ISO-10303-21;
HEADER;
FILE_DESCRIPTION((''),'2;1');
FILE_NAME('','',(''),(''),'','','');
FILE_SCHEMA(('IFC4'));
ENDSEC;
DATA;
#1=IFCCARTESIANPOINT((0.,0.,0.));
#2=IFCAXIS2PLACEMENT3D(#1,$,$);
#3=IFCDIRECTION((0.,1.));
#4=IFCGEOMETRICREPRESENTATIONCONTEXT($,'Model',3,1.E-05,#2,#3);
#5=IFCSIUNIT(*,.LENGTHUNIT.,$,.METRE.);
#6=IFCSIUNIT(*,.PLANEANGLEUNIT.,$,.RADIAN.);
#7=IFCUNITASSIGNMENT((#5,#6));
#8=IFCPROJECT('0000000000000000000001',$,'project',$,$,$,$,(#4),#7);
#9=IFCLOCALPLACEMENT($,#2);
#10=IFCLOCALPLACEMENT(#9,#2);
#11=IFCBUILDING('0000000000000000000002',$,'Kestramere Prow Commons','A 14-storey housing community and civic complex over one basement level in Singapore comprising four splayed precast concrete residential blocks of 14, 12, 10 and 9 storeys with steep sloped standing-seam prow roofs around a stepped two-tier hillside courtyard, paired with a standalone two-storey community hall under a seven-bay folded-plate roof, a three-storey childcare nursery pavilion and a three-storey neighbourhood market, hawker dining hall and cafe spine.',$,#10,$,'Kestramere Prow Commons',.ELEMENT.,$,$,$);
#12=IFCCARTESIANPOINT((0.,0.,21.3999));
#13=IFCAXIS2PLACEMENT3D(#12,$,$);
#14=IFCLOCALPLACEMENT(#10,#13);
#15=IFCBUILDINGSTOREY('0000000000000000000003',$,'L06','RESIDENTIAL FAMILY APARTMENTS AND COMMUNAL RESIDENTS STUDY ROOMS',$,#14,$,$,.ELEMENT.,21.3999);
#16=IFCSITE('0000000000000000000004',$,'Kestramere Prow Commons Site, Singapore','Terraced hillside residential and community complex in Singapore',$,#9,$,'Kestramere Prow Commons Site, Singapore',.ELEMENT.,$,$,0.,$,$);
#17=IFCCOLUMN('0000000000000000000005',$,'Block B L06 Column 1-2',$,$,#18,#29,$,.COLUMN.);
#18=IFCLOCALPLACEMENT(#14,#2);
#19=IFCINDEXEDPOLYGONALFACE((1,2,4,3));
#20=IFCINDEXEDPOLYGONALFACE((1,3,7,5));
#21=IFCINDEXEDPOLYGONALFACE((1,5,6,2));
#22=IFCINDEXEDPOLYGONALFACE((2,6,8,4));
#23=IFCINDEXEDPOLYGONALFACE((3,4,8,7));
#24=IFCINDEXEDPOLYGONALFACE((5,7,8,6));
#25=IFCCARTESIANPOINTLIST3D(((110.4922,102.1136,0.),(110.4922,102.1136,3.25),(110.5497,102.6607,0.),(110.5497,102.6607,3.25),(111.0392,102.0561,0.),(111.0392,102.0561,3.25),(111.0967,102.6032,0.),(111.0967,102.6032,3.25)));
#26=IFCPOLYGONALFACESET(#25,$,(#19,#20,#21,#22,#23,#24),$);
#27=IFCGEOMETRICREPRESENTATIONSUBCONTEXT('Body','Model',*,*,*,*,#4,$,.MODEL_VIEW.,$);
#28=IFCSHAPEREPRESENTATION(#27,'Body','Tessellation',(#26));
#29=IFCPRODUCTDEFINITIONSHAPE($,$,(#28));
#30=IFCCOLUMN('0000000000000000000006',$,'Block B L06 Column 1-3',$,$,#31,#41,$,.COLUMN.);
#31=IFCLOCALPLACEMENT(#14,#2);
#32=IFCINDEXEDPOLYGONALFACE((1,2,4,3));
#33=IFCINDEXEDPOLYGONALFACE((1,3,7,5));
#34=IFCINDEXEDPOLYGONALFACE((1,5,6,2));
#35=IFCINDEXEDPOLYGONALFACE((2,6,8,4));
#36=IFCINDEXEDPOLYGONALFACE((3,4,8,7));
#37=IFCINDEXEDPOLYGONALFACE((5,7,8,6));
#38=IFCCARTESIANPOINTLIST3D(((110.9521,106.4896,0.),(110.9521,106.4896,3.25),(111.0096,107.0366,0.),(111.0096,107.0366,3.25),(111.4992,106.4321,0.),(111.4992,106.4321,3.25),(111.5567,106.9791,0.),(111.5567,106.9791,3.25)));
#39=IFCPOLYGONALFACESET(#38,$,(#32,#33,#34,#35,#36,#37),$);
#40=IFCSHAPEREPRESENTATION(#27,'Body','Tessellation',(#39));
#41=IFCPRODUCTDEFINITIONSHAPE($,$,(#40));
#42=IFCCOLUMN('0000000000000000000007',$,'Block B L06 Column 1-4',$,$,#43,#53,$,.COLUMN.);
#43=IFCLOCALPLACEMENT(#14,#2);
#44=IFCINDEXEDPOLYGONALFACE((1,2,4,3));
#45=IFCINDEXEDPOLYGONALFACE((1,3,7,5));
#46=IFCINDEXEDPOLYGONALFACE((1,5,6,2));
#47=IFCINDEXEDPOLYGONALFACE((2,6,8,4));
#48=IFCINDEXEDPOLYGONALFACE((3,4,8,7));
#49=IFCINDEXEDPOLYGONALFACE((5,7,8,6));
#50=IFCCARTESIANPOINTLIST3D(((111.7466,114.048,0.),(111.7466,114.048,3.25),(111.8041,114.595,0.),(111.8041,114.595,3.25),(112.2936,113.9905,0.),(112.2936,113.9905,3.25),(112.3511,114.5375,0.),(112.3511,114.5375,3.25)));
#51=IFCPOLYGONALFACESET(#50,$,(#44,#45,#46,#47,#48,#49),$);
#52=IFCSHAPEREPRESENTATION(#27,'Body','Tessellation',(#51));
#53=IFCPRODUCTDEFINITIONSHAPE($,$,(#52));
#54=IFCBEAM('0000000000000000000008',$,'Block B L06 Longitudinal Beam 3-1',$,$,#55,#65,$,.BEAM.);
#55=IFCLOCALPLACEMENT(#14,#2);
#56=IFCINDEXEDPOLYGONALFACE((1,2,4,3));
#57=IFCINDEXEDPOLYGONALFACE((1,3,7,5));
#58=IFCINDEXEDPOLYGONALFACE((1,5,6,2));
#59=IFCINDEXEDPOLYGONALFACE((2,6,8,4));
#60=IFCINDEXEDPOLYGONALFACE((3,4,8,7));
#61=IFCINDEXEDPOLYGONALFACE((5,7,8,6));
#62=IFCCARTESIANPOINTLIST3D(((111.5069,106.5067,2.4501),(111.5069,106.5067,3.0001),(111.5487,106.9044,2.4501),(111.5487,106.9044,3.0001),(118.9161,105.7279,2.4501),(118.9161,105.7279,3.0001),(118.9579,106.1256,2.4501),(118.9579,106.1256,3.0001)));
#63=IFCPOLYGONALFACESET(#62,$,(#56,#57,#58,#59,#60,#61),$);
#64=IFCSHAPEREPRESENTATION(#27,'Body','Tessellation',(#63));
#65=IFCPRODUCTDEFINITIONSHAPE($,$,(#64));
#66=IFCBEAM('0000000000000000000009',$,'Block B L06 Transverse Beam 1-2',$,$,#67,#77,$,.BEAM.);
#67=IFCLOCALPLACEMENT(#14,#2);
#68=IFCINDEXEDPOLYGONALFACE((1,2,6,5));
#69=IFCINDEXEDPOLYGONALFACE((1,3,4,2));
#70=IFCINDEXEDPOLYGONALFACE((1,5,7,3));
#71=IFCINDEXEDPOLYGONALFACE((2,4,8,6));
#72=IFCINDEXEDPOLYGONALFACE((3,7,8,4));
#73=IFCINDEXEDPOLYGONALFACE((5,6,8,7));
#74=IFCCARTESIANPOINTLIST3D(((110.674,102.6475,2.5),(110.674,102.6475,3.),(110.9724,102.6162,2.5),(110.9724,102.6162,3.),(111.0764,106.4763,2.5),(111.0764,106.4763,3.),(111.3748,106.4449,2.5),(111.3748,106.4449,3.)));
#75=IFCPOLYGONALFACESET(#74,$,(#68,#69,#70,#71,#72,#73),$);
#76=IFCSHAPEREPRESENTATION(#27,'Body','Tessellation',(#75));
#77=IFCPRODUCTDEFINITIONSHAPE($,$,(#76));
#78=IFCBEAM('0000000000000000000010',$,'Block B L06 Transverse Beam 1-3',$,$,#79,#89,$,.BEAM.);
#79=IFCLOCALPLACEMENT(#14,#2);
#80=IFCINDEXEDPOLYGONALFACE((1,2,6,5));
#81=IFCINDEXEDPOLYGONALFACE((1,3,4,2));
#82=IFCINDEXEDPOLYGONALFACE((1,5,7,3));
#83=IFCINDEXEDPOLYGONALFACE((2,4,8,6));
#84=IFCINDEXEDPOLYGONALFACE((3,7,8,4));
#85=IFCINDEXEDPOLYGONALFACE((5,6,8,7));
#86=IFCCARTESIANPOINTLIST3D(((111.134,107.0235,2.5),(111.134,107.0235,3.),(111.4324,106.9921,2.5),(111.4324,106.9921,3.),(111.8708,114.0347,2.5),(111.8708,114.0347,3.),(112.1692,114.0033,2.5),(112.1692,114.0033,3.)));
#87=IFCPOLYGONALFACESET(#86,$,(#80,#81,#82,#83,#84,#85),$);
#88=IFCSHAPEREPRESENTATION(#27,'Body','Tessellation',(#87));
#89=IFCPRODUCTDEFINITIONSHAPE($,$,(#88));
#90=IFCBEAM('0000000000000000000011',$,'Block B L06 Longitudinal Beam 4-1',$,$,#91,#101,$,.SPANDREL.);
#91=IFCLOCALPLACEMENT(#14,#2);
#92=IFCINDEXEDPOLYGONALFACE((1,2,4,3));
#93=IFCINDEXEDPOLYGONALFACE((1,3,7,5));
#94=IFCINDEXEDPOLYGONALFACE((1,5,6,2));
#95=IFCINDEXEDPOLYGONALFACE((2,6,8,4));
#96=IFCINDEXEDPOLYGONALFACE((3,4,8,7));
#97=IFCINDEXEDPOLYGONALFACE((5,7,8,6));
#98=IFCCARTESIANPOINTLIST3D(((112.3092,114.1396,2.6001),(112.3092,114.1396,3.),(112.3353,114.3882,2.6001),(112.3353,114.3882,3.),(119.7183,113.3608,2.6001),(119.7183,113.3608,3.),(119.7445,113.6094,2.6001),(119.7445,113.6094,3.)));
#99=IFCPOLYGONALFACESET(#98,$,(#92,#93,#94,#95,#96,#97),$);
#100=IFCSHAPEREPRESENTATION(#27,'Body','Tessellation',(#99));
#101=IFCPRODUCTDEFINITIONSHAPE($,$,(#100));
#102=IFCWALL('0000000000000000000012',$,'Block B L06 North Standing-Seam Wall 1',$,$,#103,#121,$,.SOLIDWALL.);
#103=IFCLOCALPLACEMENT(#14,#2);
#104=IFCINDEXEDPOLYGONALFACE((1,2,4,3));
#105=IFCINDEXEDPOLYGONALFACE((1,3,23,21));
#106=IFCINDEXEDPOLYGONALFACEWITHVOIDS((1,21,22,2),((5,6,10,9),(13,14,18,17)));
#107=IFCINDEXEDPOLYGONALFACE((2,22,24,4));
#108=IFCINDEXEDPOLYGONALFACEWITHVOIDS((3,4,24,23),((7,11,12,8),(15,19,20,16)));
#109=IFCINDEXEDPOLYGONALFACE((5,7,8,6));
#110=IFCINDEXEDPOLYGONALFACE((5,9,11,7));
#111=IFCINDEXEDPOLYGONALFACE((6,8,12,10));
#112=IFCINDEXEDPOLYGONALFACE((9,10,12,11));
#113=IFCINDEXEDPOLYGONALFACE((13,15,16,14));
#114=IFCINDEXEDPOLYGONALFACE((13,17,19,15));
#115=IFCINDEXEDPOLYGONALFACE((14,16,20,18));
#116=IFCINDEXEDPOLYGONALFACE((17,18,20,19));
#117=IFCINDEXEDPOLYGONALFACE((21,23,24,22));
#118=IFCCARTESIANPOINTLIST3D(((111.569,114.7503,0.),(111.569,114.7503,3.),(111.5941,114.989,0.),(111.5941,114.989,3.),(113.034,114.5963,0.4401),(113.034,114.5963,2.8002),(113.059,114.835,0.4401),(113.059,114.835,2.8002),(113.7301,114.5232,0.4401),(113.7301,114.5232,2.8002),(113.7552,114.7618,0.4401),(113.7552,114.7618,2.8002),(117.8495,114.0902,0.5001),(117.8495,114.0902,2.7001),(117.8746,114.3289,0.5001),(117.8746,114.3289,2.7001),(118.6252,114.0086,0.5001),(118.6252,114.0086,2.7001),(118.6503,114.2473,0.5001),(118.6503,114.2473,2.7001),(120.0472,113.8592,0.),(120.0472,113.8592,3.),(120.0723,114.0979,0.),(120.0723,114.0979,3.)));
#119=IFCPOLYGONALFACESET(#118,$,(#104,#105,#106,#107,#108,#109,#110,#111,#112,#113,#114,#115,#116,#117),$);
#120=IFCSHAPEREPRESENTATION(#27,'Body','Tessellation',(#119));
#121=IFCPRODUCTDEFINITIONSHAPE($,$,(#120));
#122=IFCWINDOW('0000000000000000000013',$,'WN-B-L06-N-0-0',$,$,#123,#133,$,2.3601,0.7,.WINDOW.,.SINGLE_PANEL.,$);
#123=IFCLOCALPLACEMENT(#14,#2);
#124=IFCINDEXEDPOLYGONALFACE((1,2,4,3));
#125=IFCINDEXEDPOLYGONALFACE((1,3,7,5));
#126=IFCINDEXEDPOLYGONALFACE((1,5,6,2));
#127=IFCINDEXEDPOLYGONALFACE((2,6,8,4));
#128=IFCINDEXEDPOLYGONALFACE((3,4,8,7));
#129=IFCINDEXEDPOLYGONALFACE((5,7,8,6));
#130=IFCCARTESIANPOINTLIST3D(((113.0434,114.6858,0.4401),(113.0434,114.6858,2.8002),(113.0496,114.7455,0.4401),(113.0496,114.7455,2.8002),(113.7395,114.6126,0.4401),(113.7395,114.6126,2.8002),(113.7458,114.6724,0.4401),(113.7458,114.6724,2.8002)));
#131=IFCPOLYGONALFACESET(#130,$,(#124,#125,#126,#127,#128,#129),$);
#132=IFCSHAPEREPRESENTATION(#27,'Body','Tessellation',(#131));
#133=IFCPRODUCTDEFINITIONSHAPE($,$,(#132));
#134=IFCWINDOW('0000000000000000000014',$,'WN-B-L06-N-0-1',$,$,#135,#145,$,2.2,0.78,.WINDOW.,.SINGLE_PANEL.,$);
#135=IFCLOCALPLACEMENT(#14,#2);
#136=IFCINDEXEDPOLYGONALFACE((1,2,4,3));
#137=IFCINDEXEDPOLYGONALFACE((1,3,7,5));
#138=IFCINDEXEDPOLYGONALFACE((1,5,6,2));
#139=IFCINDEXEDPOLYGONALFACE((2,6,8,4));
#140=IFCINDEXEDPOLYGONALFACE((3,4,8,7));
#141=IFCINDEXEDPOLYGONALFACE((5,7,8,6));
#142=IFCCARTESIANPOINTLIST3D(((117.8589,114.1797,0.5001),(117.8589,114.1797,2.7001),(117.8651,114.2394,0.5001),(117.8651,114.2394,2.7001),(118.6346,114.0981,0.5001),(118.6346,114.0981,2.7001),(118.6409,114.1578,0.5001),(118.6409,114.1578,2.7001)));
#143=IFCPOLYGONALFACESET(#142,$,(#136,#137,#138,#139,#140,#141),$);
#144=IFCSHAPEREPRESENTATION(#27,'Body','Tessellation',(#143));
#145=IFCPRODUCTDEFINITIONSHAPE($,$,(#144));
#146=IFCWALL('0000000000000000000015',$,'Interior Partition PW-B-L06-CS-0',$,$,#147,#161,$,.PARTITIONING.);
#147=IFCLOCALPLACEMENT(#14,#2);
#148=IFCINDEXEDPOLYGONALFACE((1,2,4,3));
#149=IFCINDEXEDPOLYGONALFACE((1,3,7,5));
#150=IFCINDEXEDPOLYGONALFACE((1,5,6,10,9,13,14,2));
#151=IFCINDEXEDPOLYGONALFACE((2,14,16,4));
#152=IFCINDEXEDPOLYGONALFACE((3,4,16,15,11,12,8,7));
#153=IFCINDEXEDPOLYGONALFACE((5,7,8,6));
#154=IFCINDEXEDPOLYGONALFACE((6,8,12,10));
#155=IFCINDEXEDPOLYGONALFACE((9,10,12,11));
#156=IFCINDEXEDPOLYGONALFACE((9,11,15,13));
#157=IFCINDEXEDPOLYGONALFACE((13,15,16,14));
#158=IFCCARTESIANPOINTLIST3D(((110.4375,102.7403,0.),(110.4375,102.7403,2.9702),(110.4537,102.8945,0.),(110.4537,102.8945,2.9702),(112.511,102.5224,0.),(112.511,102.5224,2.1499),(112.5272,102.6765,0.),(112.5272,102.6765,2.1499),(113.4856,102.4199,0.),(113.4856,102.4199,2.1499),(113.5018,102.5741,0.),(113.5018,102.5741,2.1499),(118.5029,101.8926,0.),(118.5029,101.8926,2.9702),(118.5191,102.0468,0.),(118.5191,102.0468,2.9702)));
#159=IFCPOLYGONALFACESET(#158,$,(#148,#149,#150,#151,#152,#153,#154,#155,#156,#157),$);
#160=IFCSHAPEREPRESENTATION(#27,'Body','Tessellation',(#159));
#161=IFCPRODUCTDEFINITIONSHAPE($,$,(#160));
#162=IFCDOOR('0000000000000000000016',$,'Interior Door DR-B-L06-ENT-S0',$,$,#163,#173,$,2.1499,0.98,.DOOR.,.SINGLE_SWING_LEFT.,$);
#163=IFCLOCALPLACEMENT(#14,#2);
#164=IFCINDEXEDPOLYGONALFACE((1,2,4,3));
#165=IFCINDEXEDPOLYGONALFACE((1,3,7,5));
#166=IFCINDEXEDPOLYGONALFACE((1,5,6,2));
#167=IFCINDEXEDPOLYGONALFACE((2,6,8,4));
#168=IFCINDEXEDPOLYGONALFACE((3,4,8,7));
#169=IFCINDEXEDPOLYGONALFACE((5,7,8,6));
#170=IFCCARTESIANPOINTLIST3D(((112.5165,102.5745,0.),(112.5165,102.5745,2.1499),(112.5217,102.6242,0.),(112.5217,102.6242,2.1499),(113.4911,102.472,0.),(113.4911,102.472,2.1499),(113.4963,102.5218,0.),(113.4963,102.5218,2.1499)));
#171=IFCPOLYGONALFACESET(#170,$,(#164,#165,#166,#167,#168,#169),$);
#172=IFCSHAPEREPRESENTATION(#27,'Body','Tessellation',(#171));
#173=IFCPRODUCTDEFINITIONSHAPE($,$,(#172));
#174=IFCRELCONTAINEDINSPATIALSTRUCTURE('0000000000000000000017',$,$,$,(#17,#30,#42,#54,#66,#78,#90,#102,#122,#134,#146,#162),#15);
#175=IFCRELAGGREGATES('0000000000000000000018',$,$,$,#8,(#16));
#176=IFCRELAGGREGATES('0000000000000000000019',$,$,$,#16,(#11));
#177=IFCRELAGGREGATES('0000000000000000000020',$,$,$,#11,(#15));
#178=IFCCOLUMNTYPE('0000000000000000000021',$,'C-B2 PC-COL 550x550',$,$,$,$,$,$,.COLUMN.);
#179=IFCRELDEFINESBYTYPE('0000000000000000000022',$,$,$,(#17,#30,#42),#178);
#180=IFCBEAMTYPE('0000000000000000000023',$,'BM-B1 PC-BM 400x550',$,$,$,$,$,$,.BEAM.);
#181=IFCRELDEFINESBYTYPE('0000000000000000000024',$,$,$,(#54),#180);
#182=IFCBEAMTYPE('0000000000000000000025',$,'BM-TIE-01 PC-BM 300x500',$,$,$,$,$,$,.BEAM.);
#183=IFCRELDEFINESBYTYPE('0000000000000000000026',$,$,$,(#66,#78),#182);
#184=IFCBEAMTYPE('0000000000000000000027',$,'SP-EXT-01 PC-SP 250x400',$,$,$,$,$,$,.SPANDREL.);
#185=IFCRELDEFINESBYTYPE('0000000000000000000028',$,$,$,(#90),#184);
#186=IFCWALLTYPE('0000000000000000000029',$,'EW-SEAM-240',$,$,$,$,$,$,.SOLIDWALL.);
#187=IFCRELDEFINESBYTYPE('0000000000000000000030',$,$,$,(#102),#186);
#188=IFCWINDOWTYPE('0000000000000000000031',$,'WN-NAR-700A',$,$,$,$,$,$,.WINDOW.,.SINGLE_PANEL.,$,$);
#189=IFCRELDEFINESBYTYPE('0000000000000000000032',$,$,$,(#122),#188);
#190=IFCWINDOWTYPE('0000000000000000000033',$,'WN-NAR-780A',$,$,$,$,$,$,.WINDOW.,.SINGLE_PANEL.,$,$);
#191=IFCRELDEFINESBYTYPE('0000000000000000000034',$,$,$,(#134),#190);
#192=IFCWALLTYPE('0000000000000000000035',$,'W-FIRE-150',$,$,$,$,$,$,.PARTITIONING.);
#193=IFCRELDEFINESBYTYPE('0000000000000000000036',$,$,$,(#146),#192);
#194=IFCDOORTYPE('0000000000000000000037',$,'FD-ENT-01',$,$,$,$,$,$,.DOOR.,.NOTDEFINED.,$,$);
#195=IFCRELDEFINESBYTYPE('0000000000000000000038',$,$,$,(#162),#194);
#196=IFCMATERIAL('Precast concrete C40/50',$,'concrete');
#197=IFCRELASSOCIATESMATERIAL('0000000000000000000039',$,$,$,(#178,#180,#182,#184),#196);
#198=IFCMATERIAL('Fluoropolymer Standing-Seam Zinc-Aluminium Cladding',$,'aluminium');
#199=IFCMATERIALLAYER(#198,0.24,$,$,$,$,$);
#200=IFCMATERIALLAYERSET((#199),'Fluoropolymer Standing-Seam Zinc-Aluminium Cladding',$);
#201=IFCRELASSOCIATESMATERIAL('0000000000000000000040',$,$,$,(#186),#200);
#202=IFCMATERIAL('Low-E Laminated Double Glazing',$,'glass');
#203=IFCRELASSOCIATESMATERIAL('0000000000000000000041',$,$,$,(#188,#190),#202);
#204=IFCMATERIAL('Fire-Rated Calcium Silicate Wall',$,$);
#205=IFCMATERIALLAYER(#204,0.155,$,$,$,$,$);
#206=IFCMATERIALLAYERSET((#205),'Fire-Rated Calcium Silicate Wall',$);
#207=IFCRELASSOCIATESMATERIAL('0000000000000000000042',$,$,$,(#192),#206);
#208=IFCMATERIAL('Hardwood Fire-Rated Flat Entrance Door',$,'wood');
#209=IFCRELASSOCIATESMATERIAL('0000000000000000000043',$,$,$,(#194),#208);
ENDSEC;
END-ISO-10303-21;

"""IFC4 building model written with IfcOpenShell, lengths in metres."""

from ifc_helpers import new_model, si_unit, direction, frame, frame_2d, origin, origin_2d, place, context, subcontext, project, spatial, rectangle, extrude, material, layer, layer_set, material_profile, profile_set, type_object, element, fill, save


model = new_model("IFC4")

# Units and contexts
model_context = context("Model", 3, precision=1e-05, world=origin(), true_north=direction((0.0, 1.0)))
body_context = subcontext(model_context, "Body", "Model", "MODEL_VIEW")
ifc_project = project(units=[si_unit("LENGTHUNIT", "METRE"), si_unit("PLANEANGLEUNIT", "RADIAN")], contexts=[model_context])

# Site, building, storey
site_placement = place(None, origin())
site = spatial("IfcSite", under=ifc_project, at=site_placement, Name="Kestramere Prow Commons Site, Singapore", Description="Terraced hillside residential and community complex in Singapore", LongName="Kestramere Prow Commons Site, Singapore", CompositionType="ELEMENT", RefElevation=0.0)
building_placement = place(site_placement, origin())
building = spatial("IfcBuilding", under=site, at=building_placement, Name="Kestramere Prow Commons", Description="A 14-storey housing community and civic complex over one basement level in Singapore comprising four splayed precast concrete residential blocks of 14, 12, 10 and 9 storeys with steep sloped standing-seam prow roofs around a stepped two-tier hillside courtyard, paired with a standalone two-storey community hall under a seven-bay folded-plate roof, a three-storey childcare nursery pavilion and a three-storey neighbourhood market, hawker dining hall and cafe spine.", LongName="Kestramere Prow Commons", CompositionType="ELEMENT")
storey_placement = place(building_placement, frame((0.0, 0.0, 21.3999)))
storey = spatial("IfcBuildingStorey", under=building, at=storey_placement, Name="L06", Description="RESIDENTIAL FAMILY APARTMENTS AND COMMUNAL RESIDENTS STUDY ROOMS", CompositionType="ELEMENT", Elevation=21.3999)

# Columns
ifc_material_1 = material(Name="Precast concrete C40/50", Category="concrete")
ifc_material_profile_1 = material_profile(ifc_material_1, rectangle(XDim=0.55, YDim=0.55, at=origin_2d()), Name="PC-COL 550x550")
ifc_profile_set_1 = profile_set([ifc_material_profile_1], Name="Precast concrete C40/50")
column_type = type_object("IfcColumnType", Name="C-B2 PC-COL 550x550", PredefinedType="COLUMN", material=ifc_profile_set_1)
for number, where, z_axis, x_axis, name in (
    (1, (110.7944, 102.3584, 0.0), (0.0, 0.0, 1.0), (0.994522, -0.104528, 0.0), "Block B L06 Column 1-2"),
    (2, (111.2544, 106.7344, 0.0), (0.0, 0.0, 1.0), (0.994522, -0.104528, 0.0), "Block B L06 Column 1-3"),
    (3, (112.0488, 114.2927, 0.0), (0.0, 0.0, 1.0), (0.994522, -0.104528, 0.0), "Block B L06 Column 1-4"),
):
    element("IfcColumn", number, at=place(storey_placement, frame(where, z_axis=z_axis, x_axis=x_axis)), inside=storey, type_object=column_type, Name=name, PredefinedType="COLUMN", context=body_context, shape_type="SweptSolid", body=[
        extrude(rectangle(XDim=0.55, YDim=0.55, at=origin_2d()), origin(), (0.0, 0.0, 1.0), 3.25),
    ])

# Beams
ifc_material_profile_2 = material_profile(ifc_material_1, rectangle(XDim=0.3999, YDim=0.55, at=origin_2d()), Name="PC-BM 400x550")
ifc_profile_set_2 = profile_set([ifc_material_profile_2], Name="Precast concrete C40/50")
beam_type_1 = type_object("IfcBeamType", Name="BM-B1 PC-BM 400x550", PredefinedType="BEAM", material=ifc_profile_set_2)
beam_1_placement = place(storey_placement, frame((111.5278, 106.7056, 2.7251), z_axis=(0.994521, -0.104538, 0.0), x_axis=(0.104538, 0.994521, 0.0)))
element("IfcBeam", 4, at=beam_1_placement, inside=storey, type_object=beam_type_1, Name="Block B L06 Longitudinal Beam 3-1", PredefinedType="BEAM", context=body_context, shape_type="SweptSolid", body=[
    extrude(rectangle(XDim=0.3999, YDim=0.55, at=origin_2d()), origin(), (0.0, 0.0, 1.0), 7.45),
])
ifc_material_profile_3 = material_profile(ifc_material_1, rectangle(XDim=0.3, YDim=0.5, at=origin_2d()), Name="PC-BM 300x500")
ifc_profile_set_3 = profile_set([ifc_material_profile_3], Name="Precast concrete C40/50")
beam_type_2 = type_object("IfcBeamType", Name="BM-TIE-01 PC-BM 300x500", PredefinedType="BEAM", material=ifc_profile_set_3)
beam_2_placement = place(storey_placement, frame((110.8232, 102.6318, 2.75), z_axis=(0.104507, 0.994524, 0.0), x_axis=(-0.994524, 0.104507, 0.0)))
element("IfcBeam", 5, at=beam_2_placement, inside=storey, type_object=beam_type_2, Name="Block B L06 Transverse Beam 1-2", PredefinedType="BEAM", context=body_context, shape_type="SweptSolid", body=[
    extrude(rectangle(XDim=0.3, YDim=0.5, at=origin_2d()), origin(), (0.0, 0.0, 1.0), 3.8499),
])
beam_3_placement = place(storey_placement, frame((111.2832, 107.0078, 2.75), z_axis=(0.104515, 0.994523, 0.0), x_axis=(-0.994523, 0.104515, 0.0)))
element("IfcBeam", 6, at=beam_3_placement, inside=storey, type_object=beam_type_2, Name="Block B L06 Transverse Beam 1-3", PredefinedType="BEAM", context=body_context, shape_type="SweptSolid", body=[
    extrude(rectangle(XDim=0.3, YDim=0.5, at=origin_2d()), origin(), (0.0, 0.0, 1.0), 7.0498),
])
ifc_material_profile_4 = material_profile(ifc_material_1, rectangle(XDim=0.25, YDim=0.3999, at=origin_2d()), Name="PC-SP 250x400")
ifc_profile_set_4 = profile_set([ifc_material_profile_4], Name="Precast concrete C40/50")
beam_type_3 = type_object("IfcBeamType", Name="SP-EXT-01 PC-SP 250x400", PredefinedType="SPANDREL", material=ifc_profile_set_4)
beam_4_placement = place(storey_placement, frame((112.3223, 114.2639, 2.8), z_axis=(0.994521, -0.104538, 0.0), x_axis=(0.104538, 0.994521, 0.0)))
element("IfcBeam", 7, at=beam_4_placement, inside=storey, type_object=beam_type_3, Name="Block B L06 Longitudinal Beam 4-1", PredefinedType="SPANDREL", context=body_context, shape_type="SweptSolid", body=[
    extrude(rectangle(XDim=0.25, YDim=0.3999, at=origin_2d()), origin(), (0.0, 0.0, 1.0), 7.45),
])

# Wall, openings, windows
ifc_material_2 = material(Name="Fluoropolymer Standing-Seam Zinc-Aluminium Cladding", Category="aluminium")
ifc_layer_1 = layer(ifc_material_2, 0.24)
ifc_layer_set_1 = layer_set([ifc_layer_1], Name="Fluoropolymer Standing-Seam Zinc-Aluminium Cladding")
wall_type_1 = type_object("IfcWallType", Name="EW-SEAM-240", PredefinedType="SOLIDWALL", material=ifc_layer_set_1)
wall_1_placement = place(storey_placement, frame((111.5815, 114.8696, 0.0), z_axis=(0.0, 0.0, 1.0), x_axis=(0.994522, -0.10453, 0.0)))
wall_1 = element("IfcWall", 8, at=wall_1_placement, inside=storey, type_object=wall_type_1, Name="Block B L06 North Standing-Seam Wall 1", PredefinedType="SOLIDWALL", context=body_context, shape_type="SweptSolid", body=[
    extrude(rectangle(XDim=8.5249, YDim=0.24, at=frame_2d((4.2625, 0.0))), origin(), (0.0, 0.0, 1.0), 3.0),
])
opening_1_placement = place(wall_1_placement, frame((1.4729, 0.0, 0.4399)))
opening_1 = element("IfcOpeningElement", 9, at=opening_1_placement, cuts=wall_1, PredefinedType="OPENING", context=body_context, shape_type="SweptSolid", body=[
    extrude(rectangle(XDim=0.7, YDim=2.3601, at=frame_2d((0.3501, 1.1802))), frame((0.0, 0.135, 0.0), z_axis=(0.0, -1.0, 0.0), x_axis=(1.0, 0.0, 0.0)), (0.0, 0.0, 1.0), 0.27),
])
opening_2_placement = place(wall_1_placement, frame((6.3149, 0.0, 0.5)))
opening_2 = element("IfcOpeningElement", 10, at=opening_2_placement, cuts=wall_1, PredefinedType="OPENING", context=body_context, shape_type="SweptSolid", body=[
    extrude(rectangle(XDim=0.78, YDim=2.2, at=frame_2d((0.3901, 1.1001))), frame((0.0, 0.135, 0.0), z_axis=(0.0, -1.0, 0.0), x_axis=(1.0, 0.0, 0.0)), (0.0, 0.0, 1.0), 0.27),
])
ifc_material_3 = material(Name="Low-E Laminated Double Glazing", Category="glass")
window_type_1 = type_object("IfcWindowType", Name="WN-NAR-700A", PartitioningType="SINGLE_PANEL", PredefinedType="WINDOW", material=ifc_material_3)
window_1_placement = place(opening_1_placement, origin())
window_1 = element("IfcWindow", 11, at=window_1_placement, inside=storey, type_object=window_type_1, Name="WN-B-L06-N-0-0", OverallHeight=2.3601, OverallWidth=0.7, PartitioningType="SINGLE_PANEL", PredefinedType="WINDOW", context=body_context, shape_type="SweptSolid", body=[
    extrude(rectangle(XDim=0.7, YDim=2.3601, at=frame_2d((0.3501, 1.1802))), frame((0.0, 0.03, 0.0), z_axis=(0.0, -1.0, 0.0), x_axis=(1.0, 0.0, 0.0)), (0.0, 0.0, 1.0), 0.0601),
])
fill(opening_1, window_1)
window_type_2 = type_object("IfcWindowType", Name="WN-NAR-780A", PartitioningType="SINGLE_PANEL", PredefinedType="WINDOW", material=ifc_material_3)
window_2_placement = place(opening_2_placement, origin())
window_2 = element("IfcWindow", 12, at=window_2_placement, inside=storey, type_object=window_type_2, Name="WN-B-L06-N-0-1", OverallHeight=2.2, OverallWidth=0.78, PartitioningType="SINGLE_PANEL", PredefinedType="WINDOW", context=body_context, shape_type="SweptSolid", body=[
    extrude(rectangle(XDim=0.78, YDim=2.2, at=frame_2d((0.3901, 1.1001))), frame((0.0, 0.03, 0.0), z_axis=(0.0, -1.0, 0.0), x_axis=(1.0, 0.0, 0.0)), (0.0, 0.0, 1.0), 0.0601),
])
fill(opening_2, window_2)

# Wall, opening, door
ifc_material_4 = material(Name="Fire-Rated Calcium Silicate Wall")
ifc_layer_2 = layer(ifc_material_4, 0.155)
ifc_layer_set_2 = layer_set([ifc_layer_2], Name="Fire-Rated Calcium Silicate Wall")
wall_type_2 = type_object("IfcWallType", Name="W-FIRE-150", PredefinedType="PARTITIONING", material=ifc_layer_set_2)
wall_2_placement = place(storey_placement, frame((110.4456, 102.8174, 0.0), z_axis=(0.0, 0.0, 1.0), x_axis=(0.994523, -0.104522, 0.0)))
wall_2 = element("IfcWall", 13, at=wall_2_placement, inside=storey, type_object=wall_type_2, Name="Interior Partition PW-B-L06-CS-0", PredefinedType="PARTITIONING", context=body_context, shape_type="SweptSolid", body=[
    extrude(rectangle(XDim=8.1099, YDim=0.155, at=frame_2d((4.0549, 0.0))), origin(), (0.0, 0.0, 1.0), 2.9702),
])
opening_3_placement = place(wall_2_placement, frame((2.085, 0.0, 0.0)))
opening_3 = element("IfcOpeningElement", 14, at=opening_3_placement, cuts=wall_2, PredefinedType="OPENING", context=body_context, shape_type="SweptSolid", body=[
    extrude(rectangle(XDim=0.98, YDim=2.1499, at=frame_2d((0.49, 1.075))), frame((0.0, 0.0925, 0.0), z_axis=(0.0, -1.0, 0.0), x_axis=(1.0, 0.0, 0.0)), (0.0, 0.0, 1.0), 0.1851),
])
ifc_material_5 = material(Name="Hardwood Fire-Rated Flat Entrance Door", Category="wood")
door_type_1 = type_object("IfcDoorType", Name="FD-ENT-01", OperationType="NOTDEFINED", PredefinedType="DOOR", material=ifc_material_5)
door_1_placement = place(opening_3_placement, origin())
door_1 = element("IfcDoor", 15, at=door_1_placement, inside=storey, type_object=door_type_1, Name="Interior Door DR-B-L06-ENT-S0", OperationType="SINGLE_SWING_LEFT", OverallHeight=2.1499, OverallWidth=0.98, PredefinedType="DOOR", context=body_context, shape_type="SweptSolid", body=[
    extrude(rectangle(XDim=0.98, YDim=2.1499, at=frame_2d((0.49, 1.075))), frame((0.0, 0.0249, 0.0), z_axis=(0.0, -1.0, 0.0), x_axis=(1.0, 0.0, 0.0)), (0.0, 0.0, 1.0), 0.05),
])
fill(opening_3, door_1)

save(model, "model.ifc")
